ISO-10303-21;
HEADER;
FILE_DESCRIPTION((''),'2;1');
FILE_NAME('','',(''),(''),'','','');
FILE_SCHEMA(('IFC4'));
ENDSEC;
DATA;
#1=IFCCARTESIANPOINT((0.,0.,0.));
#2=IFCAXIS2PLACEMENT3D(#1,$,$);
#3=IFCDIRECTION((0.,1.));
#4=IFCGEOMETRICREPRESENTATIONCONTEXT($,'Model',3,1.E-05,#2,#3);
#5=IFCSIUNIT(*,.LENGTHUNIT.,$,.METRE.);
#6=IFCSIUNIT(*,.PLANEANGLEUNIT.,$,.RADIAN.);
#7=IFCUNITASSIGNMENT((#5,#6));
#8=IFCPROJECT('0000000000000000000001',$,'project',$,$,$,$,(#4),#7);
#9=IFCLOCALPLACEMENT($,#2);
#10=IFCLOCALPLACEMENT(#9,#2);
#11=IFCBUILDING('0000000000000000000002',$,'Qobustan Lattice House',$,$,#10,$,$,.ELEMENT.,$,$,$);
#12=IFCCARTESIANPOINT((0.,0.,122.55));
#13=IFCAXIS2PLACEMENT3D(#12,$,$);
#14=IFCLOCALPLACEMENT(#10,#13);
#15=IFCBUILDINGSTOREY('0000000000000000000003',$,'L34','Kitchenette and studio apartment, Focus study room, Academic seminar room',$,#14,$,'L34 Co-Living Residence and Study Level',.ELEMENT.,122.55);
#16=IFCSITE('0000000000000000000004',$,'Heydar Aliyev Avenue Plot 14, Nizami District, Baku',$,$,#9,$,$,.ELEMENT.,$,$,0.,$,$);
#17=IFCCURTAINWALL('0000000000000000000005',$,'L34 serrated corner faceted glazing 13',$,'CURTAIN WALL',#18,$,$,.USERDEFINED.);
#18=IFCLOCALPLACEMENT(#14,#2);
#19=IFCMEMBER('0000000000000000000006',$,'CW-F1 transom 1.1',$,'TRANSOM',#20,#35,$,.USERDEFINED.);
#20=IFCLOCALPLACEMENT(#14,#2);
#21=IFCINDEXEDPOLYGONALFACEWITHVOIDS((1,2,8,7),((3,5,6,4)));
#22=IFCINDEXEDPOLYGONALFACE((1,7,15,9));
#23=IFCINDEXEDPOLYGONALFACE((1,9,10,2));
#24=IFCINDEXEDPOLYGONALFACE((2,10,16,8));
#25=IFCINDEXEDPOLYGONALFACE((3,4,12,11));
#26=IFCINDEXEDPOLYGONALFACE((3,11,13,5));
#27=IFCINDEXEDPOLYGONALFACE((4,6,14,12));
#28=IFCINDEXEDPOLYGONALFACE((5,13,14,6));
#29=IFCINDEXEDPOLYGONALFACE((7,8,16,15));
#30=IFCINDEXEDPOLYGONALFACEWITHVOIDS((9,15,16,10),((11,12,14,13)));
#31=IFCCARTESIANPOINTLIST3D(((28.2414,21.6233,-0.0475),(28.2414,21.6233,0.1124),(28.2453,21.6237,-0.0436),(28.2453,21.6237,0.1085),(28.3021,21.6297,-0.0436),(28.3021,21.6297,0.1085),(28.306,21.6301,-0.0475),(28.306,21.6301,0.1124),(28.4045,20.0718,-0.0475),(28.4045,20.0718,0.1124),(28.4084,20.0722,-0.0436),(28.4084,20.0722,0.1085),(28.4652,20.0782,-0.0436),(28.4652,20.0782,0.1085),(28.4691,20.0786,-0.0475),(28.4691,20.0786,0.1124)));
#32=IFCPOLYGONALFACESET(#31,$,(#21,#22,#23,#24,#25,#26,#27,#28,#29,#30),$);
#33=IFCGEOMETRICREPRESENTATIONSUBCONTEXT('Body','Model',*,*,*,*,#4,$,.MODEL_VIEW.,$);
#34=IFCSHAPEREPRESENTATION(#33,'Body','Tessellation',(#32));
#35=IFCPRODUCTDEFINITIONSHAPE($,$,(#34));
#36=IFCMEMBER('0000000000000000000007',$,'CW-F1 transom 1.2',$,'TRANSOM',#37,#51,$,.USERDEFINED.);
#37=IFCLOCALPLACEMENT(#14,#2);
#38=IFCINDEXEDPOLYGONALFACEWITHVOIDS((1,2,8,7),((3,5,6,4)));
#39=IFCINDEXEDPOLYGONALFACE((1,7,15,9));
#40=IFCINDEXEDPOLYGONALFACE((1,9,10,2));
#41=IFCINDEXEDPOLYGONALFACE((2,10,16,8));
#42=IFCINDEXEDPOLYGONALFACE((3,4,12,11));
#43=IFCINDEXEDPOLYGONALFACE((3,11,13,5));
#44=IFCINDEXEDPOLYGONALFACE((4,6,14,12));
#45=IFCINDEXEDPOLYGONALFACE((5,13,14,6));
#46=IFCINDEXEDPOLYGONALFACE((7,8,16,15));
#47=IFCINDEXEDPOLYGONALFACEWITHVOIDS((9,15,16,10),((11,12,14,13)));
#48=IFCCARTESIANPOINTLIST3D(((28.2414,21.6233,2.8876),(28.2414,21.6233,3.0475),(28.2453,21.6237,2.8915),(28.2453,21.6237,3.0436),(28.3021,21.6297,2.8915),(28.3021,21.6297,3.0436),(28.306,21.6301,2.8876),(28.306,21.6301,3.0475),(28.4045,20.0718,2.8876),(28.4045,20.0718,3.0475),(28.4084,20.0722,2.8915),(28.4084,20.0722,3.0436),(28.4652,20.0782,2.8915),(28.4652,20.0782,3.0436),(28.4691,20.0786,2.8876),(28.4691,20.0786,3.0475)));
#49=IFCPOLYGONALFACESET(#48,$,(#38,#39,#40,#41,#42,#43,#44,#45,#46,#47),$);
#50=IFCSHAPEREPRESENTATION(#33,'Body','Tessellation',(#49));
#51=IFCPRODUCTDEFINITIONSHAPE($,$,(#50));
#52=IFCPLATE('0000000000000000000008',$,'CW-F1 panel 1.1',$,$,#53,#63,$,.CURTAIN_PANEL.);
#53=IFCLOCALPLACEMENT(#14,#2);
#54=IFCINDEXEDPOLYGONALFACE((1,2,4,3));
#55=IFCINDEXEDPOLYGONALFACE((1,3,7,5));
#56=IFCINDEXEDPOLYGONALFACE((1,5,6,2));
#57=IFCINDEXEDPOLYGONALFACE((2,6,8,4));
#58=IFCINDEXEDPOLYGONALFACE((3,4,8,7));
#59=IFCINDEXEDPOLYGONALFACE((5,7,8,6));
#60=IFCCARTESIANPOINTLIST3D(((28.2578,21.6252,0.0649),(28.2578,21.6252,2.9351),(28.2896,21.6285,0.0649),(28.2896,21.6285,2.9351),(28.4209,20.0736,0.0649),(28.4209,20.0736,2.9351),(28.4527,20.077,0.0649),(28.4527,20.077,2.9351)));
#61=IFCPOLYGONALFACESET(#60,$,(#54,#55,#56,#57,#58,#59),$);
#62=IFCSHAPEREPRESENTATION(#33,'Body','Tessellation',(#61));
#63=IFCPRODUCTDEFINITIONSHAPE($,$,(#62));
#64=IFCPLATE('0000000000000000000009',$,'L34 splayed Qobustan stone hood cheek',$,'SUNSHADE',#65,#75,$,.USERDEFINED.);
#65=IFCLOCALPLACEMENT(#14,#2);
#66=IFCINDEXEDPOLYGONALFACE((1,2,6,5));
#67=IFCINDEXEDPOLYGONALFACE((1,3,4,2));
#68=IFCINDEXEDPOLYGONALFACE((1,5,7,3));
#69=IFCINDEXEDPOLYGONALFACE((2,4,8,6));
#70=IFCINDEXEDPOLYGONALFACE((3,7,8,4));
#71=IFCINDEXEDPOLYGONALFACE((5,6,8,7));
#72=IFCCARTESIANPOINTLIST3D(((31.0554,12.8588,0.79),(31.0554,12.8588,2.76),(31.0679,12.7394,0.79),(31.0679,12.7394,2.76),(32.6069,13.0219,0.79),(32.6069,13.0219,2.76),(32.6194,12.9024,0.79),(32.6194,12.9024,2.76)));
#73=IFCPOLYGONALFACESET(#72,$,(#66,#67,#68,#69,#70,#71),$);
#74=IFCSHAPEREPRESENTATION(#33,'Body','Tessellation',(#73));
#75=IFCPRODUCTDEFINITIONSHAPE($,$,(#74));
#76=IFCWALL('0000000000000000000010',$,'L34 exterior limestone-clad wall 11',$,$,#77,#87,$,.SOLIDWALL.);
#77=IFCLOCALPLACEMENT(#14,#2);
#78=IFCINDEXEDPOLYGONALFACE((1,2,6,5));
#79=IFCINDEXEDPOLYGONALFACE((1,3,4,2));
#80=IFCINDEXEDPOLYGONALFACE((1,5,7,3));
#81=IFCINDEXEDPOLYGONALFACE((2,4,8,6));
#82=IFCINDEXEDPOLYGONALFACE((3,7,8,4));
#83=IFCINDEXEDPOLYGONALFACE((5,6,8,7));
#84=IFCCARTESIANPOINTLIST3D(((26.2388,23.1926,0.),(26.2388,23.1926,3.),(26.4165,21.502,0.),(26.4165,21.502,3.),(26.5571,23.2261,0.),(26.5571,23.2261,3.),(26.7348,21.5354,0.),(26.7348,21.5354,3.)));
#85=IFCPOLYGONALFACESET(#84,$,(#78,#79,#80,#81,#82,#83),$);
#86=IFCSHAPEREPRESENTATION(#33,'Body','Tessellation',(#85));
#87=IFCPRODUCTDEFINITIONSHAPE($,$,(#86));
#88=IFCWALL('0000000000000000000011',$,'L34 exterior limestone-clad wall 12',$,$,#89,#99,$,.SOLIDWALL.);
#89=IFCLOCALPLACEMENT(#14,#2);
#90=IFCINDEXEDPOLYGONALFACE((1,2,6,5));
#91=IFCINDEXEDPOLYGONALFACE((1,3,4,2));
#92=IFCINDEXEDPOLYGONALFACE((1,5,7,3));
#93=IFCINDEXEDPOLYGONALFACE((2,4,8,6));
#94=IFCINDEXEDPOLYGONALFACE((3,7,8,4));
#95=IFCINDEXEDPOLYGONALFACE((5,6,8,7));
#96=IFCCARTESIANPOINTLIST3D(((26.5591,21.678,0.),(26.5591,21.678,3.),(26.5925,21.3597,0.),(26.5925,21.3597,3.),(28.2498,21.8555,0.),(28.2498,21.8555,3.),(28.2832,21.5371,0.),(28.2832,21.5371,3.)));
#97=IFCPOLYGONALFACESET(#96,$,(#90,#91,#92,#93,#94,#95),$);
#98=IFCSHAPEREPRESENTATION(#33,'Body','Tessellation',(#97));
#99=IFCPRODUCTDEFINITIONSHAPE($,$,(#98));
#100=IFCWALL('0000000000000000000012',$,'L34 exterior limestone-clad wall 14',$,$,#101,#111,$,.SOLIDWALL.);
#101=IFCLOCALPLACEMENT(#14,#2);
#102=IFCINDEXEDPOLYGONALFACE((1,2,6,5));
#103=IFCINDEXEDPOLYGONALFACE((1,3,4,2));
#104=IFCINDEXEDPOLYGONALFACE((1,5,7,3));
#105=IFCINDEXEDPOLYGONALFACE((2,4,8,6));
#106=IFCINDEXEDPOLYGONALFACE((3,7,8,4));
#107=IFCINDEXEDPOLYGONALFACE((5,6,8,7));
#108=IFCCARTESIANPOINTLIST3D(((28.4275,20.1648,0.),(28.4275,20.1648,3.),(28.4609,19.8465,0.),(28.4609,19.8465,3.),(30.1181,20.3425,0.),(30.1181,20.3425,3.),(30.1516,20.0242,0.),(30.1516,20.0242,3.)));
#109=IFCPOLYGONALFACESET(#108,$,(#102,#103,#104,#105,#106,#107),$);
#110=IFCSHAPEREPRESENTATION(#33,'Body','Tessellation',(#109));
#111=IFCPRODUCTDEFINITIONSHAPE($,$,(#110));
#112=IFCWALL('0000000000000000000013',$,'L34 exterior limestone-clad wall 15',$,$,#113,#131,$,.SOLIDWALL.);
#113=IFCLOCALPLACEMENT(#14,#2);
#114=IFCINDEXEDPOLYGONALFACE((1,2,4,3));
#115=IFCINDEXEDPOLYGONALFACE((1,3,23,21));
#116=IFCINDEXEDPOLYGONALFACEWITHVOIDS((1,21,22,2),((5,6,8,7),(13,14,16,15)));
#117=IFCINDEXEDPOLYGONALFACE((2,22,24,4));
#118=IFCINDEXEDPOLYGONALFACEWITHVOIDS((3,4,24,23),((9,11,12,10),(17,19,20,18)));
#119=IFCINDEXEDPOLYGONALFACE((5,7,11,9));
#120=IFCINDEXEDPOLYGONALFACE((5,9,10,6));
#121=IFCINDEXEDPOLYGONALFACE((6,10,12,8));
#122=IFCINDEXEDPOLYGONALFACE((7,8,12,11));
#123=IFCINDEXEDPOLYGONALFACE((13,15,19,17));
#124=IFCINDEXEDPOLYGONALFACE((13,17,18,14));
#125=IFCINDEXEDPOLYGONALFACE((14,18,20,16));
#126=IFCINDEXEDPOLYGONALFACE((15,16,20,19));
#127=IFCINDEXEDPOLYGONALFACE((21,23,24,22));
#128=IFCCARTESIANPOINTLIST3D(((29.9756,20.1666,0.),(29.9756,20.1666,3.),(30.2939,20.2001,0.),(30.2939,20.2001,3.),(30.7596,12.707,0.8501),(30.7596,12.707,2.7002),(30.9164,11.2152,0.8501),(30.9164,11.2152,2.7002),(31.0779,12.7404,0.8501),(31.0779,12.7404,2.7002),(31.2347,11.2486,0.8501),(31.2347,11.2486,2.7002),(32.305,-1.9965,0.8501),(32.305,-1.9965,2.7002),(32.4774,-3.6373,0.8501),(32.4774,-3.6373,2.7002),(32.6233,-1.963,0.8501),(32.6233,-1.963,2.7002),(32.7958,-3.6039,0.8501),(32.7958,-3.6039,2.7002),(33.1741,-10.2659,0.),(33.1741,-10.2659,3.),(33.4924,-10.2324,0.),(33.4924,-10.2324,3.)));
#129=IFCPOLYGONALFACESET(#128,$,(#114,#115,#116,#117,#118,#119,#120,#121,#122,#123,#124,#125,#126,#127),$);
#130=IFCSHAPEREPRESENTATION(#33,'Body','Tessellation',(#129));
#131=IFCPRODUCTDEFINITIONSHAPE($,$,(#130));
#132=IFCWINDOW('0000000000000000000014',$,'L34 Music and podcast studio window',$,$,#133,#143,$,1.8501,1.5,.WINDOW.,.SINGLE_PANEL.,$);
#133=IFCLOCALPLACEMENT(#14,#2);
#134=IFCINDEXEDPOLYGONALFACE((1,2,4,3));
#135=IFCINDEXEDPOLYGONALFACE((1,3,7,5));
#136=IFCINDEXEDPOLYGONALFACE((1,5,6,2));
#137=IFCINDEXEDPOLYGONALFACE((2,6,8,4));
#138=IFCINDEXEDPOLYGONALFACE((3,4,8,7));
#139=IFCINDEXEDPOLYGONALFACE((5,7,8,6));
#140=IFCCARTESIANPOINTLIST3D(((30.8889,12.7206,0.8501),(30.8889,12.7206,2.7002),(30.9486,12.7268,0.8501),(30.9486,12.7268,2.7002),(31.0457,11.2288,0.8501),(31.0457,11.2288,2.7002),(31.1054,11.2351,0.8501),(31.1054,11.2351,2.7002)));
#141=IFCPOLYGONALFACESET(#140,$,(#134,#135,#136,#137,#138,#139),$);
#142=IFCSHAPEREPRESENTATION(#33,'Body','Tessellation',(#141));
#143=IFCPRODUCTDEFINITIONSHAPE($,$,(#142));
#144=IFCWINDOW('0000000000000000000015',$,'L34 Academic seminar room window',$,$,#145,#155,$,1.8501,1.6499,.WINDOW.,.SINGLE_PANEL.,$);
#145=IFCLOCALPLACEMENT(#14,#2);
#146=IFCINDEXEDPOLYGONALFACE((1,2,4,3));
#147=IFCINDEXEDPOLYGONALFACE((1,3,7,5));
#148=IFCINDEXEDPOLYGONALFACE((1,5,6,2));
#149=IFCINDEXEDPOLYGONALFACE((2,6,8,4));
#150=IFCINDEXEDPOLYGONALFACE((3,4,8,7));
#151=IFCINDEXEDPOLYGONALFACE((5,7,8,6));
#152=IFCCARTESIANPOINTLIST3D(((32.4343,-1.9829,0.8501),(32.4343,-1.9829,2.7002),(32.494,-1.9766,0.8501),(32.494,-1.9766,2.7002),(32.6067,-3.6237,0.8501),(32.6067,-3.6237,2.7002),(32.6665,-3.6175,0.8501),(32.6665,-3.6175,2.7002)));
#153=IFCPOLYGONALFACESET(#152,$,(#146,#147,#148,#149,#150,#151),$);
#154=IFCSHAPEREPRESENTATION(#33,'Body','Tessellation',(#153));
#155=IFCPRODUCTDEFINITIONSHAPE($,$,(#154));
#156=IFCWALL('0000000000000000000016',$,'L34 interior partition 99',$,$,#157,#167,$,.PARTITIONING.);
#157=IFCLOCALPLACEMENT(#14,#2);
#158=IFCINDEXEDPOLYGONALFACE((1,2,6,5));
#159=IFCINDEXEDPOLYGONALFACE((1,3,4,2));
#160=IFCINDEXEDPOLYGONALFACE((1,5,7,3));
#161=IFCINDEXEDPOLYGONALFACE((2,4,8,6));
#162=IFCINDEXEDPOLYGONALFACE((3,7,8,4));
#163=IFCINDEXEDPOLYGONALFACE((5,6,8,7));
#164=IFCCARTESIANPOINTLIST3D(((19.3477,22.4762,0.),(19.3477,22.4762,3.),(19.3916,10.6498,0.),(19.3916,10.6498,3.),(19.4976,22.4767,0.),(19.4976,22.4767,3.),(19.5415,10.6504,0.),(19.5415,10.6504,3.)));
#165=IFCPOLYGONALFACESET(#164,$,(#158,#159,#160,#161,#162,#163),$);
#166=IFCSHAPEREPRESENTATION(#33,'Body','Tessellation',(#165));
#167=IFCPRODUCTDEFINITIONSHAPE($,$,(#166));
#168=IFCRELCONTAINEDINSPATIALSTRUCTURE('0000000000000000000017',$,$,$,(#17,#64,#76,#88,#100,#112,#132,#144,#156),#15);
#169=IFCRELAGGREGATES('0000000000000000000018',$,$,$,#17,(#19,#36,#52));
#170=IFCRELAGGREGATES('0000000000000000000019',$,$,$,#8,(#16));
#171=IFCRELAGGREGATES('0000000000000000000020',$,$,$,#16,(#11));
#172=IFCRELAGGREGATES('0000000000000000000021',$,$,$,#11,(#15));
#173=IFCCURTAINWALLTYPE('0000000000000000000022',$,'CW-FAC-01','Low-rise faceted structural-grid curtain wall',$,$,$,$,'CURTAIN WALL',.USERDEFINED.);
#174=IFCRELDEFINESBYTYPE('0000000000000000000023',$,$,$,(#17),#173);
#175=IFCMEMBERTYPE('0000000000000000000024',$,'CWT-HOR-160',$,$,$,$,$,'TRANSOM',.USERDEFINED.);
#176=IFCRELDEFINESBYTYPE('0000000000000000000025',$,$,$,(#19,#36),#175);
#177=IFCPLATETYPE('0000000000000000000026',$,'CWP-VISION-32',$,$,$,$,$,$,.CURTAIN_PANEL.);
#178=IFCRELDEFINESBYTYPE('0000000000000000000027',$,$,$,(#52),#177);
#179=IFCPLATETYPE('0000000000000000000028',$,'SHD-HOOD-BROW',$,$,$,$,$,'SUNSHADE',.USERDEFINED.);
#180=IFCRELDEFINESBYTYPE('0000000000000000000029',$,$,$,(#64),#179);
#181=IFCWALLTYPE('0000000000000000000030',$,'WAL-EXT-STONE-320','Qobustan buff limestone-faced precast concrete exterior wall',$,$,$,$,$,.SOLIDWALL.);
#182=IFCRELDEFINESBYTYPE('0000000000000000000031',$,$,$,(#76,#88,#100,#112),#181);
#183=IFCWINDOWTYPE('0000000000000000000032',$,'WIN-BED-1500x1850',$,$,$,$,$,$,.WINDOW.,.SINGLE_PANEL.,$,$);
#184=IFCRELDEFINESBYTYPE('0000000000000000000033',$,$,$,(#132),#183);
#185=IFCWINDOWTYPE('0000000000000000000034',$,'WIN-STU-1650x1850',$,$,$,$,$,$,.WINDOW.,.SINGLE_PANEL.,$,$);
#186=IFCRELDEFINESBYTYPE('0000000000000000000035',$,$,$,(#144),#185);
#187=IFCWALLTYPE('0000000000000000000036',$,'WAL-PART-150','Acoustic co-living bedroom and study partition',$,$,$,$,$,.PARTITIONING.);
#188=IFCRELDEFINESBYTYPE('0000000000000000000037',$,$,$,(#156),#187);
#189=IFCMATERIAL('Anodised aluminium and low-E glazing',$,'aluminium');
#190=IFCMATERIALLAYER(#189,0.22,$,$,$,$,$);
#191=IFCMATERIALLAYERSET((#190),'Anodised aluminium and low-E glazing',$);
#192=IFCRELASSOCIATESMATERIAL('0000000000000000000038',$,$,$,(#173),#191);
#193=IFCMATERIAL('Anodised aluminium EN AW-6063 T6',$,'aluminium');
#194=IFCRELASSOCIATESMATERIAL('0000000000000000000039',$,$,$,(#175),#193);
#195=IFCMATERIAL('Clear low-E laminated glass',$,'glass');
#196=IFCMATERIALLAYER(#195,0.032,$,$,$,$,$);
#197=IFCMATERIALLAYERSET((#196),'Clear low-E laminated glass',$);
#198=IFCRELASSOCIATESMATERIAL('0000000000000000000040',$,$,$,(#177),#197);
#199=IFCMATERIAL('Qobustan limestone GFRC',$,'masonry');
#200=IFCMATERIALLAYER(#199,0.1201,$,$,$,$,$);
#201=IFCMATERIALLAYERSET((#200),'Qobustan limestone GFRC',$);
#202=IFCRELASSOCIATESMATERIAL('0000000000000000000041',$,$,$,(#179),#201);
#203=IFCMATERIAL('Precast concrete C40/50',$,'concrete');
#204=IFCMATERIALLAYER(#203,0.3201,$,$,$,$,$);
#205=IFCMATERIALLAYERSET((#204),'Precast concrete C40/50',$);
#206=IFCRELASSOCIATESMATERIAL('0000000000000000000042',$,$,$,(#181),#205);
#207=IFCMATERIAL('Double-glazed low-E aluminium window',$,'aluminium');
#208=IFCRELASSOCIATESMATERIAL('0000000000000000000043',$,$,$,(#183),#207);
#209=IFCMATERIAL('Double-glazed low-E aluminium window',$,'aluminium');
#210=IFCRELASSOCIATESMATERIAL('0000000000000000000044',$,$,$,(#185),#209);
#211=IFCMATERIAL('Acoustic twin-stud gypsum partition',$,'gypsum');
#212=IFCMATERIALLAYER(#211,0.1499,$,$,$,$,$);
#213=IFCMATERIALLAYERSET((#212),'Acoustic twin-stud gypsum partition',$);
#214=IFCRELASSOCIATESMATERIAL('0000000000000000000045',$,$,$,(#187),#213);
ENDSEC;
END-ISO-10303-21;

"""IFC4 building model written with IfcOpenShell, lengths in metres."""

from ifc_helpers import new_model, si_unit, direction, frame, frame_2d, origin, origin_2d, place, context, subcontext, project, spatial, rectangle, hollow_rectangle, extrude, material, layer, layer_set, material_profile, profile_set, type_object, element, fill, aggregate, save


model = new_model("IFC4")

# Units and contexts
model_context = context("Model", 3, precision=1e-05, world=origin(), true_north=direction((0.0, 1.0)))
body_context = subcontext(model_context, "Body", "Model", "MODEL_VIEW")
ifc_project = project(units=[si_unit("LENGTHUNIT", "METRE"), si_unit("PLANEANGLEUNIT", "RADIAN")], contexts=[model_context])

# Site, building, storey
site_placement = place(None, origin())
site = spatial("IfcSite", under=ifc_project, at=site_placement, Name="Heydar Aliyev Avenue Plot 14, Nizami District, Baku", CompositionType="ELEMENT", RefElevation=0.0)
building_placement = place(site_placement, origin())
building = spatial("IfcBuilding", under=site, at=building_placement, Name="Qobustan Lattice House", CompositionType="ELEMENT")
storey_placement = place(building_placement, frame((0.0, 0.0, 122.55)))
storey = spatial("IfcBuildingStorey", under=building, at=storey_placement, Name="L34", Description="Kitchenette and studio apartment, Focus study room, Academic seminar room", LongName="L34 Co-Living Residence and Study Level", CompositionType="ELEMENT", Elevation=122.55)

# Curtain wall, members, plate
ifc_material_1 = material(Name="Anodised aluminium and low-E glazing", Category="aluminium")
ifc_layer_1 = layer(ifc_material_1, 0.22)
ifc_layer_set_1 = layer_set([ifc_layer_1], Name="Anodised aluminium and low-E glazing")
curtain_wall_type = type_object("IfcCurtainWallType", Name="CW-FAC-01", Description="Low-rise faceted structural-grid curtain wall", ElementType="CURTAIN WALL", PredefinedType="USERDEFINED", material=ifc_layer_set_1)
curtain_wall_placement = place(storey_placement, origin())
curtain_wall = element("IfcCurtainWall", 1, at=curtain_wall_placement, inside=storey, type_object=curtain_wall_type, Name="L34 serrated corner faceted glazing 13", ObjectType="CURTAIN WALL", PredefinedType="USERDEFINED")
ifc_material_2 = material(Name="Anodised aluminium EN AW-6063 T6", Category="aluminium")
ifc_material_profile_1 = material_profile(ifc_material_2, hollow_rectangle(XDim=0.0649, YDim=0.1599, WallThickness=0.0039, at=origin_2d()), Name="CWT-160x65")
ifc_profile_set_1 = profile_set([ifc_material_profile_1], Name="Anodised aluminium EN AW-6063 T6")
member_type_1 = type_object("IfcMemberType", Name="CWT-HOR-160", ElementType="TRANSOM", PredefinedType="USERDEFINED", material=ifc_profile_set_1)
member_1_placement = place(storey_placement, frame((28.2737, 21.6267, 0.0325), z_axis=(0.104538, -0.994521, 0.0), x_axis=(0.994521, 0.104538, 0.0)))
member_1 = element("IfcMember", 2, at=member_1_placement, type_object=member_type_1, Name="CW-F1 transom 1.1", ObjectType="TRANSOM", PredefinedType="USERDEFINED", context=body_context, shape_type="SweptSolid", body=[
    extrude(hollow_rectangle(XDim=0.0649, YDim=0.1599, WallThickness=0.0039, at=origin_2d()), origin(), (0.0, 0.0, 1.0), 1.5601),
])
member_2_placement = place(storey_placement, frame((28.2737, 21.6267, 2.9675), z_axis=(0.104538, -0.994521, 0.0), x_axis=(0.994521, 0.104538, 0.0)))
member_2 = element("IfcMember", 3, at=member_2_placement, type_object=member_type_1, Name="CW-F1 transom 1.2", ObjectType="TRANSOM", PredefinedType="USERDEFINED", context=body_context, shape_type="SweptSolid", body=[
    extrude(hollow_rectangle(XDim=0.0649, YDim=0.1599, WallThickness=0.0039, at=origin_2d()), origin(), (0.0, 0.0, 1.0), 1.5601),
])
ifc_material_3 = material(Name="Clear low-E laminated glass", Category="glass")
ifc_layer_2 = layer(ifc_material_3, 0.032)
ifc_layer_set_2 = layer_set([ifc_layer_2], Name="Clear low-E laminated glass")
plate_type_1 = type_object("IfcPlateType", Name="CWP-VISION-32", PredefinedType="CURTAIN_PANEL", material=ifc_layer_set_2)
plate_1_placement = place(storey_placement, frame((28.3552, 20.8511, 0.0649), z_axis=(0.0, 0.0, 1.0), x_axis=(0.104529, -0.994522, 0.0)))
plate_1 = element("IfcPlate", 4, at=plate_1_placement, type_object=plate_type_1, Name="CW-F1 panel 1.1", PredefinedType="CURTAIN_PANEL", context=body_context, shape_type="SweptSolid", body=[
    extrude(rectangle(XDim=1.5601, YDim=0.032, at=origin_2d()), origin(), (0.0, 0.0, 1.0), 2.8701),
])
aggregate(curtain_wall, [member_1, member_2, plate_1])

# Plate
ifc_material_4 = material(Name="Qobustan limestone GFRC", Category="masonry")
ifc_layer_3 = layer(ifc_material_4, 0.1201)
ifc_layer_set_3 = layer_set([ifc_layer_3], Name="Qobustan limestone GFRC")
plate_type_2 = type_object("IfcPlateType", Name="SHD-HOOD-BROW", ElementType="SUNSHADE", PredefinedType="USERDEFINED", material=ifc_layer_set_3)
plate_2_placement = place(storey_placement, frame((31.8374, 12.8806, 0.79), z_axis=(0.0, 0.0, 1.0), x_axis=(0.104528, -0.994522, 0.0)))
element("IfcPlate", 5, at=plate_2_placement, inside=storey, type_object=plate_type_2, Name="L34 splayed Qobustan stone hood cheek", ObjectType="SUNSHADE", PredefinedType="USERDEFINED", context=body_context, shape_type="SweptSolid", body=[
    extrude(rectangle(XDim=0.1201, YDim=1.5601, at=origin_2d()), origin(), (0.0, 0.0, 1.0), 1.97),
])

# Walls
ifc_material_5 = material(Name="Precast concrete C40/50", Category="concrete")
ifc_layer_4 = layer(ifc_material_5, 0.3201)
ifc_layer_set_4 = layer_set([ifc_layer_4], Name="Precast concrete C40/50")
wall_type_1 = type_object("IfcWallType", Name="WAL-EXT-STONE-320", Description="Qobustan buff limestone-faced precast concrete exterior wall", PredefinedType="SOLIDWALL", material=ifc_layer_set_4)
for number, where, z_axis, x_axis, name in (
    (6, (26.3979, 23.2095, 0.0), (0.0, 0.0, 1.0), (0.10455, -0.99452, 0.0), "L34 exterior limestone-clad wall 11"),
    (7, (26.5757, 21.5188, 0.0), (0.0, 0.0, 1.0), (0.994535, 0.104408, 0.0), "L34 exterior limestone-clad wall 12"),
    (8, (28.4441, 20.0056, 0.0), (0.0, 0.0, 1.0), (0.99452, 0.10455, 0.0), "L34 exterior limestone-clad wall 14"),
):
    element("IfcWall", number, at=place(storey_placement, frame(where, z_axis=z_axis, x_axis=x_axis)), inside=storey, type_object=wall_type_1, Name=name, PredefinedType="SOLIDWALL", context=body_context, shape_type="SweptSolid", body=[
        extrude(rectangle(XDim=1.7, YDim=0.3201, at=frame_2d((0.8501, 0.0))), origin(), (0.0, 0.0, 1.0), 3.0),
    ])

# Wall, openings, windows
wall_1_placement = place(storey_placement, frame((30.1348, 20.1833, 0.0), z_axis=(0.0, 0.0, 1.0), x_axis=(0.104526, -0.994522, 0.0)))
wall_1 = element("IfcWall", 9, at=wall_1_placement, inside=storey, type_object=wall_type_1, Name="L34 exterior limestone-clad wall 15", PredefinedType="SOLIDWALL", context=body_context, shape_type="SweptSolid", body=[
    extrude(rectangle(XDim=30.6001, YDim=0.3201, at=frame_2d((15.3, 0.0))), origin(), (0.0, 0.0, 1.0), 3.0),
])
opening_1_placement = place(wall_1_placement, frame((7.5007, 0.0, 0.8501)))
opening_1 = element("IfcOpeningElement", 10, at=opening_1_placement, cuts=wall_1, PredefinedType="OPENING", context=body_context, shape_type="SweptSolid", body=[
    extrude(rectangle(XDim=1.5, YDim=1.8501, at=frame_2d((0.75, 0.925))), frame((0.0, 0.1699, 0.0), z_axis=(0.0, -1.0, 0.0), x_axis=(1.0, 0.0, 0.0)), (0.0, 0.0, 1.0), 0.3401),
])
opening_2_placement = place(wall_1_placement, frame((22.2852, 0.0, 0.8501)))
opening_2 = element("IfcOpeningElement", 11, at=opening_2_placement, cuts=wall_1, PredefinedType="OPENING", context=body_context, shape_type="SweptSolid", body=[
    extrude(rectangle(XDim=1.6499, YDim=1.8501, at=frame_2d((0.825, 0.925))), frame((0.0, 0.1699, 0.0), z_axis=(0.0, -1.0, 0.0), x_axis=(1.0, 0.0, 0.0)), (0.0, 0.0, 1.0), 0.3401),
])
ifc_material_6 = material(Name="Double-glazed low-E aluminium window", Category="aluminium")
window_type_1 = type_object("IfcWindowType", Name="WIN-BED-1500x1850", PartitioningType="SINGLE_PANEL", PredefinedType="WINDOW", material=ifc_material_6)
window_1_placement = place(opening_1_placement, origin())
window_1 = element("IfcWindow", 12, at=window_1_placement, inside=storey, type_object=window_type_1, Name="L34 Music and podcast studio window", OverallHeight=1.8501, OverallWidth=1.5, PartitioningType="SINGLE_PANEL", PredefinedType="WINDOW", context=body_context, shape_type="SweptSolid", body=[
    extrude(rectangle(XDim=1.5, YDim=1.8501, at=frame_2d((0.75, 0.925))), frame((0.0, 0.03, 0.0), z_axis=(0.0, -1.0, 0.0), x_axis=(1.0, 0.0, 0.0)), (0.0, 0.0, 1.0), 0.0601),
])
fill(opening_1, window_1)
ifc_material_7 = material(Name="Double-glazed low-E aluminium window", Category="aluminium")
window_type_2 = type_object("IfcWindowType", Name="WIN-STU-1650x1850", PartitioningType="SINGLE_PANEL", PredefinedType="WINDOW", material=ifc_material_7)
window_2_placement = place(opening_2_placement, origin())
window_2 = element("IfcWindow", 13, at=window_2_placement, inside=storey, type_object=window_type_2, Name="L34 Academic seminar room window", OverallHeight=1.8501, OverallWidth=1.6499, PartitioningType="SINGLE_PANEL", PredefinedType="WINDOW", context=body_context, shape_type="SweptSolid", body=[
    extrude(rectangle(XDim=1.6499, YDim=1.8501, at=frame_2d((0.825, 0.925))), frame((0.0, 0.03, 0.0), z_axis=(0.0, -1.0, 0.0), x_axis=(1.0, 0.0, 0.0)), (0.0, 0.0, 1.0), 0.0601),
])
fill(opening_2, window_2)

# Wall
ifc_material_8 = material(Name="Acoustic twin-stud gypsum partition", Category="gypsum")
ifc_layer_5 = layer(ifc_material_8, 0.1499)
ifc_layer_set_5 = layer_set([ifc_layer_5], Name="Acoustic twin-stud gypsum partition")
wall_type_2 = type_object("IfcWallType", Name="WAL-PART-150", Description="Acoustic co-living bedroom and study partition", PredefinedType="PARTITIONING", material=ifc_layer_set_5)
wall_2_placement = place(storey_placement, frame((19.4226, 22.4763, 0.0), z_axis=(0.0, 0.0, 1.0), x_axis=(0.003716, -0.999993, 0.0)))
element("IfcWall", 14, at=wall_2_placement, inside=storey, type_object=wall_type_2, Name="L34 interior partition 99", PredefinedType="PARTITIONING", context=body_context, shape_type="SweptSolid", body=[
    extrude(rectangle(XDim=11.8264, YDim=0.1499, at=frame_2d((5.9131, 0.0))), origin(), (0.0, 0.0, 1.0), 3.0),
])

save(model, "model.ifc")
